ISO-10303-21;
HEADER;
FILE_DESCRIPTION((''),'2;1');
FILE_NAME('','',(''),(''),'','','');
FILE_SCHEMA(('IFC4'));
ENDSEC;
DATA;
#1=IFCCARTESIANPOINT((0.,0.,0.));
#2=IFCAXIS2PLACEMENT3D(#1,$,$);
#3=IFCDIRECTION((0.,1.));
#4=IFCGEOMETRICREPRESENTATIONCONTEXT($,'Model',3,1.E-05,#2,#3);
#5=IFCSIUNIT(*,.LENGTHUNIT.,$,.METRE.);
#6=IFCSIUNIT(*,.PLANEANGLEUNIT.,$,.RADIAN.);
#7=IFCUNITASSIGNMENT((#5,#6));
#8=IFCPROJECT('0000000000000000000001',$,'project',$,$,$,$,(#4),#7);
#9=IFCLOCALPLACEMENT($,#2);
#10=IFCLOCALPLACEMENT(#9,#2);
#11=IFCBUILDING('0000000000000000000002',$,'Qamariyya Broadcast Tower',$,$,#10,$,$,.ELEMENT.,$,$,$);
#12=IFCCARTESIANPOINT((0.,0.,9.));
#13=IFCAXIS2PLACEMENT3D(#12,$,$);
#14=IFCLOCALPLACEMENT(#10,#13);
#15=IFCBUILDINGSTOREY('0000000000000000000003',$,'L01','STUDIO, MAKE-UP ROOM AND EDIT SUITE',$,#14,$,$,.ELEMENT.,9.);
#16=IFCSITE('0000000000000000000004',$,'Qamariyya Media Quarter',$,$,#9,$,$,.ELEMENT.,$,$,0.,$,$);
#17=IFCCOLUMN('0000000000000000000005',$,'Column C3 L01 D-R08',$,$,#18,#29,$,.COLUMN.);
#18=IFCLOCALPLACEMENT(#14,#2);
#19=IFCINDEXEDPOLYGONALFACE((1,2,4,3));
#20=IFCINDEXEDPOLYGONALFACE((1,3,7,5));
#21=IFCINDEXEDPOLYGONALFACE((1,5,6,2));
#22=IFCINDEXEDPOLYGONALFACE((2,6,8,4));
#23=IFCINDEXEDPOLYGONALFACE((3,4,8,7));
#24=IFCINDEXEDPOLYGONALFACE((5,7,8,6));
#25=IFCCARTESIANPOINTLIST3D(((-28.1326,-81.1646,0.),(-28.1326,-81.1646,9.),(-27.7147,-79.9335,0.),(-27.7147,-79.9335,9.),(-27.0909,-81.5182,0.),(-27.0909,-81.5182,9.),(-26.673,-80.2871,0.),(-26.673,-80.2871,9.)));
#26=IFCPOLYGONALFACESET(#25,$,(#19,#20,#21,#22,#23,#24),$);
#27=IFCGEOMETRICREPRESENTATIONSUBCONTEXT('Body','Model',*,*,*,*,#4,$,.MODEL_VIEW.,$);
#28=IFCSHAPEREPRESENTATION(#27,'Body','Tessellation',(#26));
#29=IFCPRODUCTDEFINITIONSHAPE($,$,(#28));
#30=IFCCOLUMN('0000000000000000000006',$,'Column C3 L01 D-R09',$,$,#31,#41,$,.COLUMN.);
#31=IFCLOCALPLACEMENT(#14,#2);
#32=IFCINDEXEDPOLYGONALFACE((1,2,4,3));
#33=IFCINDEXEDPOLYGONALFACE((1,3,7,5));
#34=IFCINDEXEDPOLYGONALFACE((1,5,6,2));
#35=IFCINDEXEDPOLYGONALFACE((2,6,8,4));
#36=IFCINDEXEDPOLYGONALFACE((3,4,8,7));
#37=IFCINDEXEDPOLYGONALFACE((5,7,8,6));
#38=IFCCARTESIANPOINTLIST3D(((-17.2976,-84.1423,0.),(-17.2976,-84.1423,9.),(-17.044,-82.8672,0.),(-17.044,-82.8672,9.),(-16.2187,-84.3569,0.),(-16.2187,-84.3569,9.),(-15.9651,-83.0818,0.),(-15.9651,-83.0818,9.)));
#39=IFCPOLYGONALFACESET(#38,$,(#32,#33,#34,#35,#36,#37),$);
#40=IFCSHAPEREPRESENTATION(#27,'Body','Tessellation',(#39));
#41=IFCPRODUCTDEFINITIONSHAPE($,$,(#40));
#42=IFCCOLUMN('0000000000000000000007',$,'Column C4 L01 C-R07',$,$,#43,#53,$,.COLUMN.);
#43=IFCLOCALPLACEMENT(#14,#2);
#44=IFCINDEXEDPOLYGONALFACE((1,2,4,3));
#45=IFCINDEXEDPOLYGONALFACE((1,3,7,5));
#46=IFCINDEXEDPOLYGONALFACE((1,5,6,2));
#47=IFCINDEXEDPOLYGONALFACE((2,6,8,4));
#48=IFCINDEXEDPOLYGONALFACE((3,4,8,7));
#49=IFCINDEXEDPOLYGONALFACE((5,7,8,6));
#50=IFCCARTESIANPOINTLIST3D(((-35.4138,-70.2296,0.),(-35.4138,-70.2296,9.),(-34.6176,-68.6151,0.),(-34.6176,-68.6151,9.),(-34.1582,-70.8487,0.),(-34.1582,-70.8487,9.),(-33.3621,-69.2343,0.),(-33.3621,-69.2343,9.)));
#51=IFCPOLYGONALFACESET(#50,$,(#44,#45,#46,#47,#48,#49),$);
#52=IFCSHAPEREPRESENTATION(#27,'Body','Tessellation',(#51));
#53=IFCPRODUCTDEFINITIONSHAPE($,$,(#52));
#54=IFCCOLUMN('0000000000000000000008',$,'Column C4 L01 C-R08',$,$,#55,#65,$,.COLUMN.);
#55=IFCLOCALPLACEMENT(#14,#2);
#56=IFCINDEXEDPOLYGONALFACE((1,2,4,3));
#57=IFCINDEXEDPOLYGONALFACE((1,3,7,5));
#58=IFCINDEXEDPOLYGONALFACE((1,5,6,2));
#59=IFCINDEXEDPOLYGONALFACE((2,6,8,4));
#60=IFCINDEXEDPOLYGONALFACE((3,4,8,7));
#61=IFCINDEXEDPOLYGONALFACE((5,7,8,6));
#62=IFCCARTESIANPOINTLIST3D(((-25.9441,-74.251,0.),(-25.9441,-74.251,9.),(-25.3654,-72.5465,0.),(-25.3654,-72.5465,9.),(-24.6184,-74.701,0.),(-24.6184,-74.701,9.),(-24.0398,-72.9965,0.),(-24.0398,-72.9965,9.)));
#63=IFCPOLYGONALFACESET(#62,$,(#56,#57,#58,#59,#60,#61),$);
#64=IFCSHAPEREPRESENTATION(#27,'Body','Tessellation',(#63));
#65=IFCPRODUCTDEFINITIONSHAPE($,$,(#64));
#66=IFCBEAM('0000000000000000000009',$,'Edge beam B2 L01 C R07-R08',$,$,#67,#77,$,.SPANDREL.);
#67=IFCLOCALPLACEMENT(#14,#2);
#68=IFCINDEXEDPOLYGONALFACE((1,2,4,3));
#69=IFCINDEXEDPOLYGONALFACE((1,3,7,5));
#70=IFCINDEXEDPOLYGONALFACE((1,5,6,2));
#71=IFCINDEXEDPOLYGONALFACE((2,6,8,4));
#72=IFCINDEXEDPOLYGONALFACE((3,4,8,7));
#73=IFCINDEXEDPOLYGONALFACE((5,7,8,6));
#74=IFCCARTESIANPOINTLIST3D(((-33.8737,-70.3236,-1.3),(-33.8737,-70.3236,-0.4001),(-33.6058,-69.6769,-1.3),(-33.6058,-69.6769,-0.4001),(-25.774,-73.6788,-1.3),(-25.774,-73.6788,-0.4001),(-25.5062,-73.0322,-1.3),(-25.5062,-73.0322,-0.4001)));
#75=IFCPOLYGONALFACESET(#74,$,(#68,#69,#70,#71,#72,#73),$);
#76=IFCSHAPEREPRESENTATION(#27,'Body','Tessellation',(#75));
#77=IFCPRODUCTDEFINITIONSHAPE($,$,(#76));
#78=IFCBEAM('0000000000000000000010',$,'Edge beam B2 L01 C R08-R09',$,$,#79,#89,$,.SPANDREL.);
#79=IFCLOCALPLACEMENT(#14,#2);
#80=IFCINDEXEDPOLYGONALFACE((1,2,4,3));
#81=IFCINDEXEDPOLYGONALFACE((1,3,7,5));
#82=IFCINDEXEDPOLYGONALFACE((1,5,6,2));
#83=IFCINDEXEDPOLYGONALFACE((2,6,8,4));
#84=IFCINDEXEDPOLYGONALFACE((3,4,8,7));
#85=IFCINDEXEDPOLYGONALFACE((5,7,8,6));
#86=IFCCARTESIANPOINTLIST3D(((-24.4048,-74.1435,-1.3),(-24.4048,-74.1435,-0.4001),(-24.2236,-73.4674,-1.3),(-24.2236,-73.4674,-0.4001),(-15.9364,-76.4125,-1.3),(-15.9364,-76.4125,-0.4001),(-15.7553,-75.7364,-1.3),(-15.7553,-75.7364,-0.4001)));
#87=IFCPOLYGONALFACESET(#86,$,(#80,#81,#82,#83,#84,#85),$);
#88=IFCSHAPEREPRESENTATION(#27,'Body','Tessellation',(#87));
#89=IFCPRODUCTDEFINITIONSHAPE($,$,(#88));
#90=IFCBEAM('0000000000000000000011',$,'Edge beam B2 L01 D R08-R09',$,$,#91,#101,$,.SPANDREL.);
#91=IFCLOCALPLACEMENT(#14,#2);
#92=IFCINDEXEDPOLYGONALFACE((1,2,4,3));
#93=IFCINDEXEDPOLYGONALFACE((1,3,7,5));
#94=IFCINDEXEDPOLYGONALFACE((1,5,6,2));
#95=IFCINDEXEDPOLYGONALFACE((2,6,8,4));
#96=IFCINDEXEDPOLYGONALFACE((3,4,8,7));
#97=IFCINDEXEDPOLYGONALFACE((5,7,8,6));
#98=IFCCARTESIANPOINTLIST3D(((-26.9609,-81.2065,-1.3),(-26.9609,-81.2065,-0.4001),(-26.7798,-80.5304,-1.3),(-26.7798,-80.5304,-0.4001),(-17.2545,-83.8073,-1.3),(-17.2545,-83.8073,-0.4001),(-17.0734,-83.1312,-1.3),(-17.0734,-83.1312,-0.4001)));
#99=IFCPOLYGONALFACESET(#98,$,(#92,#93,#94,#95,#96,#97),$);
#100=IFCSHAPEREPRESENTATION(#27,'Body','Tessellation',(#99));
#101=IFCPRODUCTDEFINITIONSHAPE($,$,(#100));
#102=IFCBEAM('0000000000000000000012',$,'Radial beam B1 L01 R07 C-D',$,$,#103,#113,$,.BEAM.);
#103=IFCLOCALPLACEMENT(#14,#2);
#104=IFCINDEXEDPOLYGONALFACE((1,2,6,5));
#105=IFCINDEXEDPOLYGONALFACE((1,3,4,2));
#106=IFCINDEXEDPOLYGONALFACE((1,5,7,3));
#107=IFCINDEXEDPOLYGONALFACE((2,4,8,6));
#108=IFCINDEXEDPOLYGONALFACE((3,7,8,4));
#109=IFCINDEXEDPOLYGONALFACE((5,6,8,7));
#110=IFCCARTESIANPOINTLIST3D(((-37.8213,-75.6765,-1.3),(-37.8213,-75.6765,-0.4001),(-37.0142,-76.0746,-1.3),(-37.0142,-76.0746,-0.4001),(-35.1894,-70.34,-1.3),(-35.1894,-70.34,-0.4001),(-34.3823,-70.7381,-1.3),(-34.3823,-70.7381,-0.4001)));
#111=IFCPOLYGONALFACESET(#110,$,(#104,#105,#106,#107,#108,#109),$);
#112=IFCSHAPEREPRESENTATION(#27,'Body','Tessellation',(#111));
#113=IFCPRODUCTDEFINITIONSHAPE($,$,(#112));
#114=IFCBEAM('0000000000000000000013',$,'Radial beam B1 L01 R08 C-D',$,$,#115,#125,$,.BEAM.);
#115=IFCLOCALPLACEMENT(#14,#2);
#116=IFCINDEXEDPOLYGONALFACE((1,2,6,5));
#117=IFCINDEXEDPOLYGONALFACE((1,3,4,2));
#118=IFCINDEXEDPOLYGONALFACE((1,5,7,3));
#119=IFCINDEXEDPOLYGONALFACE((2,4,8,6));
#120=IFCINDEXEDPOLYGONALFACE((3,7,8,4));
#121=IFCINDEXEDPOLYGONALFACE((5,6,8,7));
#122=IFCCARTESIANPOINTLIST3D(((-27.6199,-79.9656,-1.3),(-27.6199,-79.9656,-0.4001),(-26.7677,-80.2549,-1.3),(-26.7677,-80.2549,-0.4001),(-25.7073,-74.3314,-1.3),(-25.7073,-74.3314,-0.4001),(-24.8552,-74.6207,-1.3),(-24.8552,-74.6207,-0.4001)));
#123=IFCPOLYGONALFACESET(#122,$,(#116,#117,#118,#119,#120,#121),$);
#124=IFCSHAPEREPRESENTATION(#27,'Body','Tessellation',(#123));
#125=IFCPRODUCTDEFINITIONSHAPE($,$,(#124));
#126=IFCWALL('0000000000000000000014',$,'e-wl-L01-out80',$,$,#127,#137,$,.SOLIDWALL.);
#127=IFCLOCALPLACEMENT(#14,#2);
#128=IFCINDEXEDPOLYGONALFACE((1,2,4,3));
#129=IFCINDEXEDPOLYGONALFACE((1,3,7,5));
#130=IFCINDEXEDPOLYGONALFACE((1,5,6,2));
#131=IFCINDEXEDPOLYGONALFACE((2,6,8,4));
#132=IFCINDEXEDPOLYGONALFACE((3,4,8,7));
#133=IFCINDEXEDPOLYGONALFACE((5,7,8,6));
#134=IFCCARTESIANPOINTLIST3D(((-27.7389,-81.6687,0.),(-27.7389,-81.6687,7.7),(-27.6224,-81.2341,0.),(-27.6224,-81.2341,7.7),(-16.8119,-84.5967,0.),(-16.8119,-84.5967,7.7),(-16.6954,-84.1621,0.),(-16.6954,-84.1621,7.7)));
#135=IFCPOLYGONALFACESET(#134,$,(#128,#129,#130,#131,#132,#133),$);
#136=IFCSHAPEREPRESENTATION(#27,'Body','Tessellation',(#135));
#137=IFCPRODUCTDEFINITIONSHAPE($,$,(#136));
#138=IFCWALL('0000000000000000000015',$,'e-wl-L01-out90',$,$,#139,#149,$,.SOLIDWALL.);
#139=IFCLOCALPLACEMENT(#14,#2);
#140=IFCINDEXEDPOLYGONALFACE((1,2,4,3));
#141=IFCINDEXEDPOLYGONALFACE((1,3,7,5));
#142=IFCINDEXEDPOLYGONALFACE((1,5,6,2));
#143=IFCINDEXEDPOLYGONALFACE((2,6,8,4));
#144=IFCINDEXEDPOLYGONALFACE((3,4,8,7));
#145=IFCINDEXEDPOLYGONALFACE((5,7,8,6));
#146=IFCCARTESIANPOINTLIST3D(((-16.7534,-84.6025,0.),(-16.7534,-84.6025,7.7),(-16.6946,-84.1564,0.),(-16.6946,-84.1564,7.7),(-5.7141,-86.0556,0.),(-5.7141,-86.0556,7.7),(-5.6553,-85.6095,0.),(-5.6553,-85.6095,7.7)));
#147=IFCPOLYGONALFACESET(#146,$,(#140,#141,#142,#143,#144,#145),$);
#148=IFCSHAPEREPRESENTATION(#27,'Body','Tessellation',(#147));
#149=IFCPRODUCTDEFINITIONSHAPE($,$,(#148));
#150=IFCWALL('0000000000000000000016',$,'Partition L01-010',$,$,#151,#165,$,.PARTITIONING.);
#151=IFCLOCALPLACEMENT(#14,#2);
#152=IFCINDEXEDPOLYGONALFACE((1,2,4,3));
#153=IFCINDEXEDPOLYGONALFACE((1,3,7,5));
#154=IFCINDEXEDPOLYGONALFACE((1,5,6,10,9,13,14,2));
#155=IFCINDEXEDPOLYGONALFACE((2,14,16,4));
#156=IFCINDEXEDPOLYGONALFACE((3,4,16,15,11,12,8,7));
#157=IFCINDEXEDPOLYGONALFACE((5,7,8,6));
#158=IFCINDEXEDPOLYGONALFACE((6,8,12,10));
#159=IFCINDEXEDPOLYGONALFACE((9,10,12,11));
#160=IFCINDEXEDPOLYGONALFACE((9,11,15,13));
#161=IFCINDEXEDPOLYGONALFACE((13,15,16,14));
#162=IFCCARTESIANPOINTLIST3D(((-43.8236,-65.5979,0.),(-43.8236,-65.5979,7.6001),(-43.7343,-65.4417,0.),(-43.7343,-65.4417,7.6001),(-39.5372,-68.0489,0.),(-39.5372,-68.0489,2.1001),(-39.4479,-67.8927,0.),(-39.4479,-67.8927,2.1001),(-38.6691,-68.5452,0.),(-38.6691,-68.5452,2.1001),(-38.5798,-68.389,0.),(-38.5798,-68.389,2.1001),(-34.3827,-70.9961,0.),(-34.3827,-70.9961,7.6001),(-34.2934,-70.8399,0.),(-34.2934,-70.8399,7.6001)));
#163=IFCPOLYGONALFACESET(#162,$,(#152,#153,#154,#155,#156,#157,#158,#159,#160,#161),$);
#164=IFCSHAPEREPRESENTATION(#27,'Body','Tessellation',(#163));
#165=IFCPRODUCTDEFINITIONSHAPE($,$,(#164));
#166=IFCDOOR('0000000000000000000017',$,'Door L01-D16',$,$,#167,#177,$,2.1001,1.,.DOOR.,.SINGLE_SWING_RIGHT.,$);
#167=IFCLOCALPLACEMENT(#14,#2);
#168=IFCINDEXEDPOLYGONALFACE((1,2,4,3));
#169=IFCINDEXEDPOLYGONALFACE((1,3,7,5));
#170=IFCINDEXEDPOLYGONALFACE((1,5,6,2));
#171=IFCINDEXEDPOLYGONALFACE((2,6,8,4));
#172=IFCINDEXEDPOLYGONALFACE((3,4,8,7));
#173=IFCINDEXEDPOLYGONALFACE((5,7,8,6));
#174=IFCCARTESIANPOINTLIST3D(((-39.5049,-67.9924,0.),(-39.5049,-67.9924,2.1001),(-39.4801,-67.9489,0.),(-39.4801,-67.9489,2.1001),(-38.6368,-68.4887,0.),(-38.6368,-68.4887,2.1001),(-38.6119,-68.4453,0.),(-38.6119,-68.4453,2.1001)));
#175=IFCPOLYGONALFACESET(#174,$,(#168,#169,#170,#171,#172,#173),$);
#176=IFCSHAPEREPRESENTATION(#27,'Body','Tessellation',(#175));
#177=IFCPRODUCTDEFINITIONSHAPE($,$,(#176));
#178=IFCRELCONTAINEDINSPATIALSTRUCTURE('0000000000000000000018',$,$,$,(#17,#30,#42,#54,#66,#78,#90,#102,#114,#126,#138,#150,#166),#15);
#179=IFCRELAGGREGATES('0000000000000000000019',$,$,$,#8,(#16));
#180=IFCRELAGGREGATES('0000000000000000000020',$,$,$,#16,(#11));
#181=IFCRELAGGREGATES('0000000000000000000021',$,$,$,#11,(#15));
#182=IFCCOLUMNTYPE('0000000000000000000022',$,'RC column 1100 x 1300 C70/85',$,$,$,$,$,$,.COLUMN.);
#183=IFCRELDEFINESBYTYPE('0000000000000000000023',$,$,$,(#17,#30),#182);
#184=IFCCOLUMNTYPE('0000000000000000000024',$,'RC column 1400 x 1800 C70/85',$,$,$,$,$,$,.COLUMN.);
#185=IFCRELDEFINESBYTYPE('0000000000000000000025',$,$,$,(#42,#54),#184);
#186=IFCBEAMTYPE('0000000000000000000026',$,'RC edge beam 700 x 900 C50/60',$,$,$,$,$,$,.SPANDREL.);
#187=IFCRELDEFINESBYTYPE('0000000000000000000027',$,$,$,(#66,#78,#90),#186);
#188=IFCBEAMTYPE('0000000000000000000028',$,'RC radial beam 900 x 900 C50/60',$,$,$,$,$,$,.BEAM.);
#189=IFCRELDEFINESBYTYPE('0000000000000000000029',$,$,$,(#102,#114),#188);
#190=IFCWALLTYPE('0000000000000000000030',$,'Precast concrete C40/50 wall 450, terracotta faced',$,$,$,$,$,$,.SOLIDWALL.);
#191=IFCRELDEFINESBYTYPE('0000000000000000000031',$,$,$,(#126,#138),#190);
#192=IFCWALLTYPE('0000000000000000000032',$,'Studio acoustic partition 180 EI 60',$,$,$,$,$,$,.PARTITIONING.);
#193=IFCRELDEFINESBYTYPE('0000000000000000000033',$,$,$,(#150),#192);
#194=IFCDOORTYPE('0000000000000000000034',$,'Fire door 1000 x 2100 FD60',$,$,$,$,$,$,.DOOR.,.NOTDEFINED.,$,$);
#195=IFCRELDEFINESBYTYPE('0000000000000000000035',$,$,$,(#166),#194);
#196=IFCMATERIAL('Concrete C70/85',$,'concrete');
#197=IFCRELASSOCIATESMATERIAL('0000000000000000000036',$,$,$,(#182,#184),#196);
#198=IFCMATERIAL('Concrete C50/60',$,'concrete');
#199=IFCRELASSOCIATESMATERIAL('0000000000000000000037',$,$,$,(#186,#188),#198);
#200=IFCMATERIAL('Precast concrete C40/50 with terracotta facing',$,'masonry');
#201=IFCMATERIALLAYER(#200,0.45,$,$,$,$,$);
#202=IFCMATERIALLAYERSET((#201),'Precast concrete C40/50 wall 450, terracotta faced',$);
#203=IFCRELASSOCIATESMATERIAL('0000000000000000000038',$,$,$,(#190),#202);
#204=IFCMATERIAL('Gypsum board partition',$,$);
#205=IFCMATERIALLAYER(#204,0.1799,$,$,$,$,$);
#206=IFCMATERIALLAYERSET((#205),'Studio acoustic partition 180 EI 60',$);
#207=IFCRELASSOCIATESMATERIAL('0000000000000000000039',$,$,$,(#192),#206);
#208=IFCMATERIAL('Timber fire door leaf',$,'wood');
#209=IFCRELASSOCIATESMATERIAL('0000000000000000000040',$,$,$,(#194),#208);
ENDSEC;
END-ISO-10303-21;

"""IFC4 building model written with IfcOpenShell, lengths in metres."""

from ifc_helpers import new_model, si_unit, direction, frame, frame_2d, origin, origin_2d, place, context, subcontext, project, spatial, rectangle, extrude, material, layer, layer_set, material_profile, profile_set, type_object, element, fill, save


model = new_model("IFC4")

# Units and contexts
model_context = context("Model", 3, precision=1e-05, world=origin(), true_north=direction((0.0, 1.0)))
body_context = subcontext(model_context, "Body", "Model", "MODEL_VIEW")
ifc_project = project(units=[si_unit("LENGTHUNIT", "METRE"), si_unit("PLANEANGLEUNIT", "RADIAN")], contexts=[model_context])

# Site, building, storey
site_placement = place(None, origin())
site = spatial("IfcSite", under=ifc_project, at=site_placement, Name="Qamariyya Media Quarter", CompositionType="ELEMENT", RefElevation=0.0)
building_placement = place(site_placement, origin())
building = spatial("IfcBuilding", under=site, at=building_placement, Name="Qamariyya Broadcast Tower", CompositionType="ELEMENT")
storey_placement = place(building_placement, frame((0.0, 0.0, 9.0)))
storey = spatial("IfcBuildingStorey", under=building, at=storey_placement, Name="L01", Description="STUDIO, MAKE-UP ROOM AND EDIT SUITE", CompositionType="ELEMENT", Elevation=9.0)

# Columns
ifc_material_1 = material(Name="Concrete C70/85", Category="concrete")
ifc_material_profile_1 = material_profile(ifc_material_1, rectangle(XDim=1.1001, YDim=1.3, at=origin_2d()))
ifc_profile_set_1 = profile_set([ifc_material_profile_1], Name="Concrete C70/85")
column_type_1 = type_object("IfcColumnType", Name="RC column 1100 x 1300 C70/85", PredefinedType="COLUMN", material=ifc_profile_set_1)
for number, where, z_axis, x_axis, name in (
    (1, (-27.4028, -80.7258, 0.0), (0.0, 0.0, 1.0), (0.94693, -0.321439, 0.0), "Column C3 L01 D-R08"),
    (2, (-16.6313, -83.6121, 0.0), (0.0, 0.0, 1.0), (0.980785, -0.19509, 0.0), "Column C3 L01 D-R09"),
):
    element("IfcColumn", number, at=place(storey_placement, frame(where, z_axis=z_axis, x_axis=x_axis)), inside=storey, type_object=column_type_1, Name=name, PredefinedType="COLUMN", context=body_context, shape_type="SweptSolid", body=[
        extrude(rectangle(XDim=1.1001, YDim=1.3, at=origin_2d()), origin(), (0.0, 0.0, 1.0), 9.0),
    ])
ifc_material_profile_2 = material_profile(ifc_material_1, rectangle(XDim=1.3999, YDim=1.8, at=origin_2d()))
ifc_profile_set_2 = profile_set([ifc_material_profile_2], Name="Concrete C70/85")
column_type_2 = type_object("IfcColumnType", Name="RC column 1400 x 1800 C70/85", PredefinedType="COLUMN", material=ifc_profile_set_2)
for number, where, z_axis, x_axis, name in (
    (3, (-34.3879, -69.7319, 0.0), (0.0, 0.0, 1.0), (0.896873, -0.442289, 0.0), "Column C4 L01 C-R07"),
    (4, (-24.9919, -73.6238, 0.0), (0.0, 0.0, 1.0), (0.94693, -0.321439, 0.0), "Column C4 L01 C-R08"),
):
    element("IfcColumn", number, at=place(storey_placement, frame(where, z_axis=z_axis, x_axis=x_axis)), inside=storey, type_object=column_type_2, Name=name, PredefinedType="COLUMN", context=body_context, shape_type="SweptSolid", body=[
        extrude(rectangle(XDim=1.3999, YDim=1.8, at=origin_2d()), origin(), (0.0, 0.0, 1.0), 9.0),
    ])

# Beams
ifc_material_2 = material(Name="Concrete C50/60", Category="concrete")
ifc_material_profile_3 = material_profile(ifc_material_2, rectangle(XDim=0.7, YDim=0.8999, at=origin_2d()))
ifc_profile_set_3 = profile_set([ifc_material_profile_3], Name="Concrete C50/60")
beam_type_1 = type_object("IfcBeamType", Name="RC edge beam 700 x 900 C50/60", PredefinedType="SPANDREL", material=ifc_profile_set_3)
for number, where, z_axis, x_axis, name in (
    (5, (-33.7397, -70.0002, -0.8501), (0.923869, -0.382708, 0.0), (0.382708, 0.923869, 0.0), "Edge beam B2 L01 C R07-R08"),
    (6, (-24.3142, -73.8054, -0.8501), (0.965926, -0.258817, 0.0), (0.258817, 0.965926, 0.0), "Edge beam B2 L01 C R08-R09"),
):
    element("IfcBeam", number, at=place(storey_placement, frame(where, z_axis=z_axis, x_axis=x_axis)), inside=storey, type_object=beam_type_1, Name=name, PredefinedType="SPANDREL", context=body_context, shape_type="SweptSolid", body=[
        extrude(rectangle(XDim=0.7, YDim=0.8999, at=origin_2d()), origin(), (0.0, 0.0, 1.0), 8.7671),
    ])
beam_1_placement = place(storey_placement, frame((-26.8704, -80.8684, -0.8501), z_axis=(0.965927, -0.258816, 0.0), x_axis=(0.258816, 0.965927, 0.0)))
element("IfcBeam", 7, at=beam_1_placement, inside=storey, type_object=beam_type_1, Name="Edge beam B2 L01 D R08-R09", PredefinedType="SPANDREL", context=body_context, shape_type="SweptSolid", body=[
    extrude(rectangle(XDim=0.7, YDim=0.8999, at=origin_2d()), origin(), (0.0, 0.0, 1.0), 10.0488),
])
ifc_material_profile_4 = material_profile(ifc_material_2, rectangle(XDim=0.8999, YDim=0.8999, at=origin_2d()))
ifc_profile_set_4 = profile_set([ifc_material_profile_4], Name="Concrete C50/60")
beam_type_2 = type_object("IfcBeamType", Name="RC radial beam 900 x 900 C50/60", PredefinedType="BEAM", material=ifc_profile_set_4)
beam_2_placement = place(storey_placement, frame((-34.7859, -70.5391, -0.8501), z_axis=(-0.442316, -0.896859, 0.0), x_axis=(0.896859, -0.442316, 0.0)))
element("IfcBeam", 8, at=beam_2_placement, inside=storey, type_object=beam_type_2, Name="Radial beam B1 L01 R07 C-D", PredefinedType="BEAM", context=body_context, shape_type="SweptSolid", body=[
    extrude(rectangle(XDim=0.8999, YDim=0.8999, at=origin_2d()), origin(), (0.0, 0.0, 1.0), 5.9502),
])
beam_3_placement = place(storey_placement, frame((-25.2812, -74.4761, -0.8501), z_axis=(-0.321442, -0.946929, 0.0), x_axis=(0.946929, -0.321442, 0.0)))
element("IfcBeam", 9, at=beam_3_placement, inside=storey, type_object=beam_type_2, Name="Radial beam B1 L01 R08 C-D", PredefinedType="BEAM", context=body_context, shape_type="SweptSolid", body=[
    extrude(rectangle(XDim=0.8999, YDim=0.8999, at=origin_2d()), origin(), (0.0, 0.0, 1.0), 5.95),
])

# Walls
ifc_material_3 = material(Name="Precast concrete C40/50 with terracotta facing", Category="masonry")
ifc_layer_1 = layer(ifc_material_3, 0.45)
ifc_layer_set_1 = layer_set([ifc_layer_1], Name="Precast concrete C40/50 wall 450, terracotta faced")
wall_type_1 = type_object("IfcWallType", Name="Precast concrete C40/50 wall 450, terracotta faced", PredefinedType="SOLIDWALL", material=ifc_layer_set_1)
wall_1_placement = place(storey_placement, frame((-27.6807, -81.4514, 0.0), z_axis=(0.0, 0.0, 1.0), x_axis=(0.965924, -0.258827, 0.0)))
element("IfcWall", 10, at=wall_1_placement, inside=storey, type_object=wall_type_1, Name="e-wl-L01-out80", PredefinedType="SOLIDWALL", context=body_context, shape_type="SweptSolid", body=[
    extrude(rectangle(XDim=11.3125, YDim=0.45, at=frame_2d((5.6562, 0.0))), origin(), (0.0, 0.0, 1.0), 7.7),
])
wall_2_placement = place(storey_placement, frame((-16.7241, -84.3794, 0.0), z_axis=(0.0, 0.0, 1.0), x_axis=(0.991448, -0.130506, 0.0)))
element("IfcWall", 11, at=wall_2_placement, inside=storey, type_object=wall_type_1, Name="e-wl-L01-out90", PredefinedType="SOLIDWALL", context=body_context, shape_type="SweptSolid", body=[
    extrude(rectangle(XDim=11.1345, YDim=0.45, at=frame_2d((5.5674, 0.0))), origin(), (0.0, 0.0, 1.0), 7.7),
])

# Wall, opening, door
ifc_material_4 = material(Name="Gypsum board partition")
ifc_layer_2 = layer(ifc_material_4, 0.1799)
ifc_layer_set_2 = layer_set([ifc_layer_2], Name="Studio acoustic partition 180 EI 60")
wall_type_2 = type_object("IfcWallType", Name="Studio acoustic partition 180 EI 60", PredefinedType="PARTITIONING", material=ifc_layer_set_2)
wall_3_placement = place(storey_placement, frame((-34.3381, -70.918, 0.0), z_axis=(0.0, 0.0, 1.0), x_axis=(-0.868109, 0.496373, 0.0)))
wall_3 = element("IfcWall", 12, at=wall_3_placement, inside=storey, type_object=wall_type_2, Name="Partition L01-010", PredefinedType="PARTITIONING", context=body_context, shape_type="SweptSolid", body=[
    extrude(rectangle(XDim=10.8752, YDim=0.1799, at=frame_2d((5.4375, 0.0))), origin(), (0.0, 0.0, 1.0), 7.6001),
])
opening_1_placement = place(wall_3_placement, frame((4.9375, 0.0, 0.0)))
opening_1 = element("IfcOpeningElement", 13, at=opening_1_placement, cuts=wall_3, PredefinedType="OPENING", context=body_context, shape_type="SweptSolid", body=[
    extrude(rectangle(XDim=1.0, YDim=2.1001, at=frame_2d((0.5, 1.05))), frame((0.0, 0.0999, 0.0), z_axis=(0.0, -1.0, 0.0), x_axis=(1.0, 0.0, 0.0)), (0.0, 0.0, 1.0), 0.2),
])
ifc_material_5 = material(Name="Timber fire door leaf", Category="wood")
door_type = type_object("IfcDoorType", Name="Fire door 1000 x 2100 FD60", OperationType="NOTDEFINED", PredefinedType="DOOR", material=ifc_material_5)
door_1_placement = place(opening_1_placement, origin())
door_1 = element("IfcDoor", 14, at=door_1_placement, inside=storey, type_object=door_type, Name="Door L01-D16", OperationType="SINGLE_SWING_RIGHT", OverallHeight=2.1001, OverallWidth=1.0, PredefinedType="DOOR", context=body_context, shape_type="SweptSolid", body=[
    extrude(rectangle(XDim=1.0, YDim=2.1001, at=frame_2d((0.5, 1.05))), frame((0.0, 0.0249, 0.0), z_axis=(0.0, -1.0, 0.0), x_axis=(1.0, 0.0, 0.0)), (0.0, 0.0, 1.0), 0.05),
])
fill(opening_1, door_1)

save(model, "model.ifc")
